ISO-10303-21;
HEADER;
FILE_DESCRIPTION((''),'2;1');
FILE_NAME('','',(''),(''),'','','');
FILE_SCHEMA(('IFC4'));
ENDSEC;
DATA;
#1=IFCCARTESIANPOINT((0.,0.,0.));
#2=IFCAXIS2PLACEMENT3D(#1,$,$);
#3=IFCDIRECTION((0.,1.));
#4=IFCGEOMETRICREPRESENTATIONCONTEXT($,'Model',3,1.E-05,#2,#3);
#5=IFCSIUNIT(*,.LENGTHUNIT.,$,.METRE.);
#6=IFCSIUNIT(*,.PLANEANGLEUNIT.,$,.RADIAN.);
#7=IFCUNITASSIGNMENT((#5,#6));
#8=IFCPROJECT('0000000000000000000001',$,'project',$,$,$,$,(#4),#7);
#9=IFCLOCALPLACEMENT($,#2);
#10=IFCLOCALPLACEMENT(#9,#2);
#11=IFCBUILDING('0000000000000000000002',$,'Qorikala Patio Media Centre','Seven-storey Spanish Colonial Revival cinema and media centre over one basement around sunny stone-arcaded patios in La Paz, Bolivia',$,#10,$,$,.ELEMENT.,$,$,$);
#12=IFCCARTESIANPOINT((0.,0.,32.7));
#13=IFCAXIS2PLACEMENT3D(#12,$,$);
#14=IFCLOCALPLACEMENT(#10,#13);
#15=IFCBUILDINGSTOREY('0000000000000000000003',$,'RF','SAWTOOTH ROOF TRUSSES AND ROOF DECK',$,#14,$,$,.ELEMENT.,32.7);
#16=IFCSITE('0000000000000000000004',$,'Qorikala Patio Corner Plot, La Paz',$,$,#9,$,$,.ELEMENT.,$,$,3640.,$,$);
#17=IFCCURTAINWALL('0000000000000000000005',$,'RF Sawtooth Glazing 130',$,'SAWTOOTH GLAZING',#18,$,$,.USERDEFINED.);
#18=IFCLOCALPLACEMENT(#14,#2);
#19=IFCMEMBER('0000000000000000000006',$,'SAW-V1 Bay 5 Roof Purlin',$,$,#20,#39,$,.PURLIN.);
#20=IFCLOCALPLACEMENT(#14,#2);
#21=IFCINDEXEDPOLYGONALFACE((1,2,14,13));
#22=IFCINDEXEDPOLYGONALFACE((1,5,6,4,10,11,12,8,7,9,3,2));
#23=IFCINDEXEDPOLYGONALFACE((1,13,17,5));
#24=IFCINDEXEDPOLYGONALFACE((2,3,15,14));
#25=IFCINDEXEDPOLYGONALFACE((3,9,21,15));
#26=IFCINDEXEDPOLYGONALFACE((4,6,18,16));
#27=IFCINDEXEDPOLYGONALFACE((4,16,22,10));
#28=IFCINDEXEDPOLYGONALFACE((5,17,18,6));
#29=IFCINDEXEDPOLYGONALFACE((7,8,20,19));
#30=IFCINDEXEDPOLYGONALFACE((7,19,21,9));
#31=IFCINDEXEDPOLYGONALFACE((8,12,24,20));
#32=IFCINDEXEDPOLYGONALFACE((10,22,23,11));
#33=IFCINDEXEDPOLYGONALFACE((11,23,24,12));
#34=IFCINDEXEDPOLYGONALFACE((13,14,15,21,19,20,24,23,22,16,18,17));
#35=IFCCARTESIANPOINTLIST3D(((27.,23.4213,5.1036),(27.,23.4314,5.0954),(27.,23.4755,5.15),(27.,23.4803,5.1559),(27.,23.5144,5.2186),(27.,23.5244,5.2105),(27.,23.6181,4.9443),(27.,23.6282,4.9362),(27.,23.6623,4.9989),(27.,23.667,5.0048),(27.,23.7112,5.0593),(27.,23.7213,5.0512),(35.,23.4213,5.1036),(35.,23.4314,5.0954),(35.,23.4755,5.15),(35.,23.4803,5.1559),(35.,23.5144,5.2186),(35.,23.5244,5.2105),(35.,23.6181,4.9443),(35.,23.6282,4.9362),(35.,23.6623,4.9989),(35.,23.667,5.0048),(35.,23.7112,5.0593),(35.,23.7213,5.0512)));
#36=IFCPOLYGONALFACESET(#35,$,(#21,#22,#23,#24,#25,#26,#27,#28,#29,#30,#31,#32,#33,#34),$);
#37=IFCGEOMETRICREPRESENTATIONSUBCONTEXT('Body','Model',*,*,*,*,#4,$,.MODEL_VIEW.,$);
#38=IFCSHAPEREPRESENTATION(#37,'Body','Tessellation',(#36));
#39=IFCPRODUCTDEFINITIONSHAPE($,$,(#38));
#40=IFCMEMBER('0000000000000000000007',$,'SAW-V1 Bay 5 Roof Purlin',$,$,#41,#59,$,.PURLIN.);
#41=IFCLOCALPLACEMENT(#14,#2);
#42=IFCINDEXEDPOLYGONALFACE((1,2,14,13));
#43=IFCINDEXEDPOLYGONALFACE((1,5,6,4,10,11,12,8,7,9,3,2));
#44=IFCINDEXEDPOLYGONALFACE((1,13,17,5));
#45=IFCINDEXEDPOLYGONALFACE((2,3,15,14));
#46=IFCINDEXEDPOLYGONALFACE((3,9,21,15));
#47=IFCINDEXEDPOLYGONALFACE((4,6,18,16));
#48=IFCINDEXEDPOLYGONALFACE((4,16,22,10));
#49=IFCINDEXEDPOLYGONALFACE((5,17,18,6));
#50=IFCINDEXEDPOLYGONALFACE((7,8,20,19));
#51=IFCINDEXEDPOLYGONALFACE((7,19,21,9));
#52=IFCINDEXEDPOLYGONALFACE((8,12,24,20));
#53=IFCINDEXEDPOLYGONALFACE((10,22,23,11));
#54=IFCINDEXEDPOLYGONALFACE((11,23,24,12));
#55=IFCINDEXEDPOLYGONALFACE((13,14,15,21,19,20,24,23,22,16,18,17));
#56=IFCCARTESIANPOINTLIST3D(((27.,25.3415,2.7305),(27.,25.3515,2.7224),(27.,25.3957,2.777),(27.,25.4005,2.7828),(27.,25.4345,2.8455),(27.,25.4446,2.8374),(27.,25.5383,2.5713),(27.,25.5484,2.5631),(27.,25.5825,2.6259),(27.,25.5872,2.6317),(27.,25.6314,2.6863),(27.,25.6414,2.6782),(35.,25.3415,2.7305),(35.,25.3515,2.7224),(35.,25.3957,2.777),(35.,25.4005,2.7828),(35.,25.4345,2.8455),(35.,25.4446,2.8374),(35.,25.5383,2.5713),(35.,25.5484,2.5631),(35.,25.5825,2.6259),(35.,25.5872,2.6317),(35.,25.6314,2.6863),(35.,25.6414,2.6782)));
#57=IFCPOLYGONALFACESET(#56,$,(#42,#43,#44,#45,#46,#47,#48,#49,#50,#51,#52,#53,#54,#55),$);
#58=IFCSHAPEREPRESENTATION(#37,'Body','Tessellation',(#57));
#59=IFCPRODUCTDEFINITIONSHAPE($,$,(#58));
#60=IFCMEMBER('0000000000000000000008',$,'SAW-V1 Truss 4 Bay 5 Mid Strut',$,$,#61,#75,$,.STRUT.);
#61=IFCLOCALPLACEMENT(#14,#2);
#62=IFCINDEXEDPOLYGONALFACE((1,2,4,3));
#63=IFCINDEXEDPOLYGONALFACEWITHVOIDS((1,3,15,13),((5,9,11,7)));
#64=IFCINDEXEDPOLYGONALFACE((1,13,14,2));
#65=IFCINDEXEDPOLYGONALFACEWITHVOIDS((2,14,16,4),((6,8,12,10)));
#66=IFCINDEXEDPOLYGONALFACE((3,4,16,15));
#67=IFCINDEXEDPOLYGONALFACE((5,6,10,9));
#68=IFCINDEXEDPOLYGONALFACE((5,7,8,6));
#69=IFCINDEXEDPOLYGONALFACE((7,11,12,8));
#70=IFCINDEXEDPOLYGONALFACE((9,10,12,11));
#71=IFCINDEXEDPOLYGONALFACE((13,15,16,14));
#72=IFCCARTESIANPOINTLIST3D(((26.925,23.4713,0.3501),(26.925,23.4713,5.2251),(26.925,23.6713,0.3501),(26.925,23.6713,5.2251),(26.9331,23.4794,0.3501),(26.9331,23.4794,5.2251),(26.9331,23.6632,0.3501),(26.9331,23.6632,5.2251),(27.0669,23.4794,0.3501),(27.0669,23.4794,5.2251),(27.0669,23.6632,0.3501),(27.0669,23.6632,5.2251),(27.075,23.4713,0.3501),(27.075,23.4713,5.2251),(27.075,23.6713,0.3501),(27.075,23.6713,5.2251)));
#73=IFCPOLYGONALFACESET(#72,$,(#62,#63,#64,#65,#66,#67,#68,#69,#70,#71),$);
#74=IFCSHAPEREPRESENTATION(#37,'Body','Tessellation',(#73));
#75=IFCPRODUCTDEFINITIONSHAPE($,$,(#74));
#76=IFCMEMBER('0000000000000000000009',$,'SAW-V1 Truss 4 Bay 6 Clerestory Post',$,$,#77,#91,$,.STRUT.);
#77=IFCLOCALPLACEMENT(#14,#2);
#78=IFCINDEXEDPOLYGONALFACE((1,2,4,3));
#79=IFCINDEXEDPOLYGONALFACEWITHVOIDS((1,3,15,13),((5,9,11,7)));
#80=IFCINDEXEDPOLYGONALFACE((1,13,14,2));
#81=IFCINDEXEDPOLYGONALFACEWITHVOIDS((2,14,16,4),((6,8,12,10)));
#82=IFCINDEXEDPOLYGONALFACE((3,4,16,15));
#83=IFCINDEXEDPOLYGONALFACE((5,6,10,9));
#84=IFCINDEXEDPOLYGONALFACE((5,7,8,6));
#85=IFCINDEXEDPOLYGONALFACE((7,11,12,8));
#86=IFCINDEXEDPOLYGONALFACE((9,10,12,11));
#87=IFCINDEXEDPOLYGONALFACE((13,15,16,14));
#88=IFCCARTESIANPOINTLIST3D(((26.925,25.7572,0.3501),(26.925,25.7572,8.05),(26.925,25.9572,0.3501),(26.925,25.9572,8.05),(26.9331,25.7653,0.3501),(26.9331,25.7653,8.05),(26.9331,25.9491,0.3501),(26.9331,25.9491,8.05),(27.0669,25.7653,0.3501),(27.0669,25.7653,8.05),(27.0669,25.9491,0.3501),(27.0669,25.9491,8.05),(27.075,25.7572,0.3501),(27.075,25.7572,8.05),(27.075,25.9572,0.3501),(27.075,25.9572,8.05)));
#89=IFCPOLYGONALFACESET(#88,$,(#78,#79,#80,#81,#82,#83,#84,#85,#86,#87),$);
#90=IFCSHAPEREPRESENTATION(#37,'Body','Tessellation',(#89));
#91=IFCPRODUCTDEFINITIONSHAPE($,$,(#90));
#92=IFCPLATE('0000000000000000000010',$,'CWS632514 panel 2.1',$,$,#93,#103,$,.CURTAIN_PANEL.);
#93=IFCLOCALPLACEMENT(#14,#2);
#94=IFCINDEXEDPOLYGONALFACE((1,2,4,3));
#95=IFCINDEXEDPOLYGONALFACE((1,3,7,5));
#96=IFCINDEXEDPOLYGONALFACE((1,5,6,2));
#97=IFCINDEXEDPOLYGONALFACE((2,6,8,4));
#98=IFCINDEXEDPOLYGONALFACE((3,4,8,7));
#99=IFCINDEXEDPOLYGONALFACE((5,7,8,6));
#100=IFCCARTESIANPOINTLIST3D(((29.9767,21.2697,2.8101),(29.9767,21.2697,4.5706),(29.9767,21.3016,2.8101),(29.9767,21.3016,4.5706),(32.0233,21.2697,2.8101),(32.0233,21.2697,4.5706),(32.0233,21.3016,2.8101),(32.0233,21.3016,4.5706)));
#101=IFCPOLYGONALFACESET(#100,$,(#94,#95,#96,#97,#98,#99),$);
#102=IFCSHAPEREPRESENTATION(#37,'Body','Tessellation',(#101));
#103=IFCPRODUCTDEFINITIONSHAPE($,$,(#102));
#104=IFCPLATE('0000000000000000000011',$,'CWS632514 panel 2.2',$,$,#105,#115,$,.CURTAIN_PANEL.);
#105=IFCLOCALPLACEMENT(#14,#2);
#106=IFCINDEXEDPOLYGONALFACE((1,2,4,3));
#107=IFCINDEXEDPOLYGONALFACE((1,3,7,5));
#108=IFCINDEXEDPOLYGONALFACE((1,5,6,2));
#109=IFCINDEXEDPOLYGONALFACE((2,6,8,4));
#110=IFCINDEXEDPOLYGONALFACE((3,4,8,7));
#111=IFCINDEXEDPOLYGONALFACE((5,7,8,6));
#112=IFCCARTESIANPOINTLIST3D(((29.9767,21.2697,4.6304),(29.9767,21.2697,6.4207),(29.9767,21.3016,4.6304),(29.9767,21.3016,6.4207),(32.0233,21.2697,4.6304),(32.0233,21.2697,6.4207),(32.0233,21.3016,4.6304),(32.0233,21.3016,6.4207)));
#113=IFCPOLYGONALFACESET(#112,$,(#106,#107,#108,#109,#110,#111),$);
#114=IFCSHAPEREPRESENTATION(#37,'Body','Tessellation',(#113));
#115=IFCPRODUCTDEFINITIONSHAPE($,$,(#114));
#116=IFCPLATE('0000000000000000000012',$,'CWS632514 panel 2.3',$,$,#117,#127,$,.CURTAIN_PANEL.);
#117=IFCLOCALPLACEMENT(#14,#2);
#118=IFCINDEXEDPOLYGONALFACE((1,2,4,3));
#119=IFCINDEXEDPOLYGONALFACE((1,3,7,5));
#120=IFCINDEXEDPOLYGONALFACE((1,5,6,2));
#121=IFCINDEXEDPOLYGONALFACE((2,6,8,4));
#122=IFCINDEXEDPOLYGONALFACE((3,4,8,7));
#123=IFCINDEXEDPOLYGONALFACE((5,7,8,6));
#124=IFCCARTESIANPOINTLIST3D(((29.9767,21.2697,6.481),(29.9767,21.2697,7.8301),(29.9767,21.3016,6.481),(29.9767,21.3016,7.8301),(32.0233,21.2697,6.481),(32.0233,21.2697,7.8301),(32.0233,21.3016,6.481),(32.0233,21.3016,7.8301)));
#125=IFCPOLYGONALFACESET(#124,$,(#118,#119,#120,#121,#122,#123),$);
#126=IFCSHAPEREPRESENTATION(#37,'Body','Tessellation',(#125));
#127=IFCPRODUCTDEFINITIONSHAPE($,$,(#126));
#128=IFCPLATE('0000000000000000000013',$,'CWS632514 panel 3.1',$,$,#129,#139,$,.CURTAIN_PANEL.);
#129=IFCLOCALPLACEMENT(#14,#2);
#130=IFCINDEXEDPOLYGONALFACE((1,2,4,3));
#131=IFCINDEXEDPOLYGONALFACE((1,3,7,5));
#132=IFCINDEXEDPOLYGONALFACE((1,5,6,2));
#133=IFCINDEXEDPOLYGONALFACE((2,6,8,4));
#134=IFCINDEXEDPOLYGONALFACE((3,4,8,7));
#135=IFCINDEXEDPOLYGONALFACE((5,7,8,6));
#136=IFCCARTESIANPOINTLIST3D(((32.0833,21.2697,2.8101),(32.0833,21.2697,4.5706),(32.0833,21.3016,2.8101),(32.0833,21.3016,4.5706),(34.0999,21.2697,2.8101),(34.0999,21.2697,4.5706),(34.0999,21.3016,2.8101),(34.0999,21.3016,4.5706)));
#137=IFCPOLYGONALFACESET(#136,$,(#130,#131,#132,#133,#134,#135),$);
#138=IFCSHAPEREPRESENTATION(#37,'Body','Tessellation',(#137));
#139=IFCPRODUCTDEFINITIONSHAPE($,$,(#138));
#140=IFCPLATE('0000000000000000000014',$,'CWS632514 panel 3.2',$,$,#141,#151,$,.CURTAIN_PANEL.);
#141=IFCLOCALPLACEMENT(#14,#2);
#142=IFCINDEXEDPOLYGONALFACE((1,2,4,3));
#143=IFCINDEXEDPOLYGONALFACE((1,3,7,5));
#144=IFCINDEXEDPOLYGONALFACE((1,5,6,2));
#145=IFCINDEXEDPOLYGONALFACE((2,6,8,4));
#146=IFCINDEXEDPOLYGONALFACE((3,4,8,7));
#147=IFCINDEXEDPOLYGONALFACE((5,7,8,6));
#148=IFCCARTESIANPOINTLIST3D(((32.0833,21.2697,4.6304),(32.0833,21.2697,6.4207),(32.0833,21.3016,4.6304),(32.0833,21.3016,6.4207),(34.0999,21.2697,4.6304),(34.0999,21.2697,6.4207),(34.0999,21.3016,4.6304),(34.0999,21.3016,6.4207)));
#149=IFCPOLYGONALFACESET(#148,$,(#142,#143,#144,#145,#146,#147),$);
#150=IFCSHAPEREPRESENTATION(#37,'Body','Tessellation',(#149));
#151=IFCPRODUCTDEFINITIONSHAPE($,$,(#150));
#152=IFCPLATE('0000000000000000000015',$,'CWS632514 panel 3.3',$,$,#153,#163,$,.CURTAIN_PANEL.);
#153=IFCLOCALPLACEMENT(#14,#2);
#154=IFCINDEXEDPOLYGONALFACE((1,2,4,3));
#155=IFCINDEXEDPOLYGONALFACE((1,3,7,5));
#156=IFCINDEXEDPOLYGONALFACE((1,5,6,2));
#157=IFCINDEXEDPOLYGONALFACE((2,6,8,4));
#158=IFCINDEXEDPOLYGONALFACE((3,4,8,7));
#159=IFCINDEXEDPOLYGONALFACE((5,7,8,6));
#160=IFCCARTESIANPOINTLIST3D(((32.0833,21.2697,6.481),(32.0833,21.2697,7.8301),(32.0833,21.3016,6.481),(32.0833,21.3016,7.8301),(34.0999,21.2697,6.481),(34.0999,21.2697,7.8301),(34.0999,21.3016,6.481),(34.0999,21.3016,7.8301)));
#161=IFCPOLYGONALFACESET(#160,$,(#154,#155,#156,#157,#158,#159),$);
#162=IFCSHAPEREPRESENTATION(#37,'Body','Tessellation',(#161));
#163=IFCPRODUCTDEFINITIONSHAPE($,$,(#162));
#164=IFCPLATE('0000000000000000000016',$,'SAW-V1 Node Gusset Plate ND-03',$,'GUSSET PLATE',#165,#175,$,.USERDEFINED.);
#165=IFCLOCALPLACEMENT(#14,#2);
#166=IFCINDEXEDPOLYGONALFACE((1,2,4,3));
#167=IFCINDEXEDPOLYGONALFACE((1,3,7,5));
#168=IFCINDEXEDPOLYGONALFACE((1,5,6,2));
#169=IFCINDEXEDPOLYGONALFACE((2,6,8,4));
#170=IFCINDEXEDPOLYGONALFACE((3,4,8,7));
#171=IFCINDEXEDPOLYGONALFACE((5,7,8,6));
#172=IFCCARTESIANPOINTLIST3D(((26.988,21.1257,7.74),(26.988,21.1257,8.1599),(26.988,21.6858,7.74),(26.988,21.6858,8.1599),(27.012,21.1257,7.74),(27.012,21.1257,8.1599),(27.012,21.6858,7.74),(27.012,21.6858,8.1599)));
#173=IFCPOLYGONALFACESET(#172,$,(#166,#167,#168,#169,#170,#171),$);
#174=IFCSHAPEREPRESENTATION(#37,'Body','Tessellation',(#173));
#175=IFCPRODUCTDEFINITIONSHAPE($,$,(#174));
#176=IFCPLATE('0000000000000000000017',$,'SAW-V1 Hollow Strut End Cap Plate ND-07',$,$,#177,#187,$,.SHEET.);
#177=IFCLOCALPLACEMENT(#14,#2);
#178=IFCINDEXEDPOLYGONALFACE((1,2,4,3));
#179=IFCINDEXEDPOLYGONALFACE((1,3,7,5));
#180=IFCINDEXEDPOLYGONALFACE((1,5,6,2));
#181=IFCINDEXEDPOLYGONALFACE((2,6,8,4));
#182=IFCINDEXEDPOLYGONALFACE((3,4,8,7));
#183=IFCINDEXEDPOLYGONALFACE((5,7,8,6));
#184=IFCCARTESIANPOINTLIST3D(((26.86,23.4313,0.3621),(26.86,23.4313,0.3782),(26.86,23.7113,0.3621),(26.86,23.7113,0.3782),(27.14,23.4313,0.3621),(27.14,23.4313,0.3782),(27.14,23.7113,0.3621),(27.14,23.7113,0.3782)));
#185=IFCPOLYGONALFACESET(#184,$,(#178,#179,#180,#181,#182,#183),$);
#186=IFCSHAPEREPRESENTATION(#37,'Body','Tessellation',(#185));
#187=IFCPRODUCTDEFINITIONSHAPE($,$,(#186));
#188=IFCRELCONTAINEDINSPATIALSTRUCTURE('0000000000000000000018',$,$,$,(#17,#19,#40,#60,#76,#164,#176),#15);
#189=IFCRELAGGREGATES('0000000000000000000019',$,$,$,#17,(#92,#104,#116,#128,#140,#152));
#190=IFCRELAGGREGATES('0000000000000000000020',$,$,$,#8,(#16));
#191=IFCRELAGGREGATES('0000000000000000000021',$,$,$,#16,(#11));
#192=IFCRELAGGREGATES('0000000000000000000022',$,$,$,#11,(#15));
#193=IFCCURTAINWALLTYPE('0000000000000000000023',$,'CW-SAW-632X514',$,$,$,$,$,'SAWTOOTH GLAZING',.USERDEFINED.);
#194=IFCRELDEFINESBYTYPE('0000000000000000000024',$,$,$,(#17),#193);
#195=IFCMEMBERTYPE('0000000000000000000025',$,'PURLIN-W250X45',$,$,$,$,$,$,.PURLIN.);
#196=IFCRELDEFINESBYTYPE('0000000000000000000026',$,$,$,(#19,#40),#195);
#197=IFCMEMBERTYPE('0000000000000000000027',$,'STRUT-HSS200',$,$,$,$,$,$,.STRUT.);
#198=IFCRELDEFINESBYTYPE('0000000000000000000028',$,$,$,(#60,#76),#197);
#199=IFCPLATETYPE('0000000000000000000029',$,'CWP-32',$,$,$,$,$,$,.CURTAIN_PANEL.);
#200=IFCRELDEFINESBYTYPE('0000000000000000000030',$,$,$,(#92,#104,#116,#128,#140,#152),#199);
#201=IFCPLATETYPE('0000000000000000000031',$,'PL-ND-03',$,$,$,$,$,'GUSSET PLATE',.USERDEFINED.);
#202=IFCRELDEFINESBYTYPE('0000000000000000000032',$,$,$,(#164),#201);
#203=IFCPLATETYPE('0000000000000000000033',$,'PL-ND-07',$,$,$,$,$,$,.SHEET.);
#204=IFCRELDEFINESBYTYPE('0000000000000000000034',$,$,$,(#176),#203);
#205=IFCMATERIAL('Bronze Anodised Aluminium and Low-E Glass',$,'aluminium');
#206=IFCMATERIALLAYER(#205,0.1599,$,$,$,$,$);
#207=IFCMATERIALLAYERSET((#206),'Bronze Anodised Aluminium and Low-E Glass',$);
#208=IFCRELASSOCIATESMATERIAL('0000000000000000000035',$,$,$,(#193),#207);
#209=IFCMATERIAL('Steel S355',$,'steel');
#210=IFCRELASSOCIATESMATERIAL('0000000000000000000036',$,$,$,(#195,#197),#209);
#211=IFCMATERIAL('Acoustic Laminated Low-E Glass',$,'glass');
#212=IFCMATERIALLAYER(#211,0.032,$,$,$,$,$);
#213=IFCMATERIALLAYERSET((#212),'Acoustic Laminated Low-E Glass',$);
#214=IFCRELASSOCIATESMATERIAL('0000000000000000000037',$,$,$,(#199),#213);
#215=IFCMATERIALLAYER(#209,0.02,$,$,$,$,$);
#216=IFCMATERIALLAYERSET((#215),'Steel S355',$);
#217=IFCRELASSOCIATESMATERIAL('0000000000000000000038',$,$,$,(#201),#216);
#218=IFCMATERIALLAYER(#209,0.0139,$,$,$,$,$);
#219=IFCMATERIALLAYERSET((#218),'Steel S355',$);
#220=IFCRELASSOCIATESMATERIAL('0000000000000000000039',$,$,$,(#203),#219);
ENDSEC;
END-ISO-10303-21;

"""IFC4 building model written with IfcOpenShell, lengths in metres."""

from ifc_helpers import new_model, si_unit, direction, frame, origin, origin_2d, place, context, subcontext, project, spatial, rectangle, hollow_rectangle, i_section, extrude, material, layer, layer_set, material_profile, profile_set, type_object, element, aggregate, save


model = new_model("IFC4")

# Units and contexts
model_context = context("Model", 3, precision=1e-05, world=origin(), true_north=direction((0.0, 1.0)))
body_context = subcontext(model_context, "Body", "Model", "MODEL_VIEW")
ifc_project = project(units=[si_unit("LENGTHUNIT", "METRE"), si_unit("PLANEANGLEUNIT", "RADIAN")], contexts=[model_context])

# Site, building, storey
site_placement = place(None, origin())
site = spatial("IfcSite", under=ifc_project, at=site_placement, Name="Qorikala Patio Corner Plot, La Paz", CompositionType="ELEMENT", RefElevation=3640.0)
building_placement = place(site_placement, origin())
building = spatial("IfcBuilding", under=site, at=building_placement, Name="Qorikala Patio Media Centre", Description="Seven-storey Spanish Colonial Revival cinema and media centre over one basement around sunny stone-arcaded patios in La Paz, Bolivia", CompositionType="ELEMENT")
storey_placement = place(building_placement, frame((0.0, 0.0, 32.7)))
storey = spatial("IfcBuildingStorey", under=building, at=storey_placement, Name="RF", Description="SAWTOOTH ROOF TRUSSES AND ROOF DECK", CompositionType="ELEMENT", Elevation=32.7)

# Shared definitions
ifc_material_1 = material(Name="Steel S355", Category="steel")

# Curtain wall
ifc_material_2 = material(Name="Bronze Anodised Aluminium and Low-E Glass", Category="aluminium")
ifc_layer_1 = layer(ifc_material_2, 0.1599)
ifc_layer_set_1 = layer_set([ifc_layer_1], Name="Bronze Anodised Aluminium and Low-E Glass")
curtain_wall_type = type_object("IfcCurtainWallType", Name="CW-SAW-632X514", ElementType="SAWTOOTH GLAZING", PredefinedType="USERDEFINED", material=ifc_layer_set_1)
curtain_wall_placement = place(storey_placement, origin())
curtain_wall = element("IfcCurtainWall", 1, at=curtain_wall_placement, inside=storey, type_object=curtain_wall_type, Name="RF Sawtooth Glazing 130", ObjectType="SAWTOOTH GLAZING", PredefinedType="USERDEFINED")

# Members
ifc_material_profile_1 = material_profile(ifc_material_1, i_section(OverallWidth=0.1479, OverallDepth=0.2661, WebThickness=0.0076, FlangeThickness=0.0129, at=origin_2d()), Name="W250X45")
ifc_profile_set_1 = profile_set([ifc_material_profile_1], Name="Steel S355")
member_type_1 = type_object("IfcMemberType", Name="PURLIN-W250X45", PredefinedType="PURLIN", material=ifc_profile_set_1)
for number, where, z_axis, x_axis, name in (
    (2, (27.0, 23.5713, 5.0774), (1.0, 0.0, 0.0), (0.0, 0.628995, 0.77741), "SAW-V1 Bay 5 Roof Purlin"),
    (3, (27.0, 25.4915, 2.7043), (1.0, 0.0, 0.0), (0.0, 0.628995, 0.77741), "SAW-V1 Bay 5 Roof Purlin"),
):
    element("IfcMember", number, at=place(storey_placement, frame(where, z_axis=z_axis, x_axis=x_axis)), inside=storey, type_object=member_type_1, Name=name, PredefinedType="PURLIN", context=body_context, shape_type="SweptSolid", body=[
        extrude(i_section(OverallWidth=0.1479, OverallDepth=0.2661, WebThickness=0.0076, FlangeThickness=0.0129, at=origin_2d()), origin(), (0.0, 0.0, 1.0), 8.0),
    ])
ifc_material_profile_2 = material_profile(ifc_material_1, hollow_rectangle(XDim=0.1499, YDim=0.2, WallThickness=0.0081, at=origin_2d()), Name="HSS200X150X8")
ifc_profile_set_2 = profile_set([ifc_material_profile_2], Name="Steel S355")
member_type_2 = type_object("IfcMemberType", Name="STRUT-HSS200", PredefinedType="STRUT", material=ifc_profile_set_2)
member_1_placement = place(storey_placement, frame((27.0, 23.5713, 0.3501), z_axis=(0.0, 0.0, 1.0), x_axis=(1.0, 0.0, 0.0)))
element("IfcMember", 4, at=member_1_placement, inside=storey, type_object=member_type_2, Name="SAW-V1 Truss 4 Bay 5 Mid Strut", PredefinedType="STRUT", context=body_context, shape_type="SweptSolid", body=[
    extrude(hollow_rectangle(XDim=0.1499, YDim=0.2, WallThickness=0.0081, at=origin_2d()), origin(), (0.0, 0.0, 1.0), 4.875),
])
member_2_placement = place(storey_placement, frame((27.0, 25.8572, 0.3501), z_axis=(0.0, 0.0, 1.0), x_axis=(1.0, 0.0, 0.0)))
element("IfcMember", 5, at=member_2_placement, inside=storey, type_object=member_type_2, Name="SAW-V1 Truss 4 Bay 6 Clerestory Post", PredefinedType="STRUT", context=body_context, shape_type="SweptSolid", body=[
    extrude(hollow_rectangle(XDim=0.1499, YDim=0.2, WallThickness=0.0081, at=origin_2d()), origin(), (0.0, 0.0, 1.0), 7.7),
])

# Plates
ifc_material_3 = material(Name="Acoustic Laminated Low-E Glass", Category="glass")
ifc_layer_2 = layer(ifc_material_3, 0.032)
ifc_layer_set_2 = layer_set([ifc_layer_2], Name="Acoustic Laminated Low-E Glass")
plate_type_1 = type_object("IfcPlateType", Name="CWP-32", PredefinedType="CURTAIN_PANEL", material=ifc_layer_set_2)
plate_1_placement = place(storey_placement, frame((31.0, 21.2856, 2.8101), z_axis=(0.0, 0.0, 1.0), x_axis=(1.0, 0.0, 0.0)))
plate_1 = element("IfcPlate", 6, at=plate_1_placement, type_object=plate_type_1, Name="CWS632514 panel 2.1", PredefinedType="CURTAIN_PANEL", context=body_context, shape_type="SweptSolid", body=[
    extrude(rectangle(XDim=2.0466, YDim=0.032, at=origin_2d()), origin(), (0.0, 0.0, 1.0), 1.7605),
])
plate_2_placement = place(storey_placement, frame((31.0, 21.2856, 4.6304), z_axis=(0.0, 0.0, 1.0), x_axis=(1.0, 0.0, 0.0)))
plate_2 = element("IfcPlate", 7, at=plate_2_placement, type_object=plate_type_1, Name="CWS632514 panel 2.2", PredefinedType="CURTAIN_PANEL", context=body_context, shape_type="SweptSolid", body=[
    extrude(rectangle(XDim=2.0466, YDim=0.032, at=origin_2d()), origin(), (0.0, 0.0, 1.0), 1.7903),
])
plate_3_placement = place(storey_placement, frame((31.0, 21.2856, 6.481), z_axis=(0.0, 0.0, 1.0), x_axis=(1.0, 0.0, 0.0)))
plate_3 = element("IfcPlate", 8, at=plate_3_placement, type_object=plate_type_1, Name="CWS632514 panel 2.3", PredefinedType="CURTAIN_PANEL", context=body_context, shape_type="SweptSolid", body=[
    extrude(rectangle(XDim=2.0466, YDim=0.032, at=origin_2d()), origin(), (0.0, 0.0, 1.0), 1.3491),
])
plate_4_placement = place(storey_placement, frame((33.0916, 21.2856, 2.8101), z_axis=(0.0, 0.0, 1.0), x_axis=(1.0, 0.0, 0.0)))
plate_4 = element("IfcPlate", 9, at=plate_4_placement, type_object=plate_type_1, Name="CWS632514 panel 3.1", PredefinedType="CURTAIN_PANEL", context=body_context, shape_type="SweptSolid", body=[
    extrude(rectangle(XDim=2.0166, YDim=0.032, at=origin_2d()), origin(), (0.0, 0.0, 1.0), 1.7605),
])
plate_5_placement = place(storey_placement, frame((33.0916, 21.2856, 4.6304), z_axis=(0.0, 0.0, 1.0), x_axis=(1.0, 0.0, 0.0)))
plate_5 = element("IfcPlate", 10, at=plate_5_placement, type_object=plate_type_1, Name="CWS632514 panel 3.2", PredefinedType="CURTAIN_PANEL", context=body_context, shape_type="SweptSolid", body=[
    extrude(rectangle(XDim=2.0166, YDim=0.032, at=origin_2d()), origin(), (0.0, 0.0, 1.0), 1.7903),
])
plate_6_placement = place(storey_placement, frame((33.0916, 21.2856, 6.481), z_axis=(0.0, 0.0, 1.0), x_axis=(1.0, 0.0, 0.0)))
plate_6 = element("IfcPlate", 11, at=plate_6_placement, type_object=plate_type_1, Name="CWS632514 panel 3.3", PredefinedType="CURTAIN_PANEL", context=body_context, shape_type="SweptSolid", body=[
    extrude(rectangle(XDim=2.0166, YDim=0.032, at=origin_2d()), origin(), (0.0, 0.0, 1.0), 1.3491),
])
aggregate(curtain_wall, [plate_1, plate_2, plate_3, plate_4, plate_5, plate_6])

# Plates
ifc_layer_3 = layer(ifc_material_1, 0.02)
ifc_layer_set_3 = layer_set([ifc_layer_3], Name="Steel S355")
plate_type_2 = type_object("IfcPlateType", Name="PL-ND-03", ElementType="GUSSET PLATE", PredefinedType="USERDEFINED", material=ifc_layer_set_3)
plate_7_placement = place(storey_placement, frame((27.0, 21.4058, 7.74), z_axis=(0.0, 0.0, 1.0), x_axis=(1.0, 0.0, 0.0)))
element("IfcPlate", 12, at=plate_7_placement, inside=storey, type_object=plate_type_2, Name="SAW-V1 Node Gusset Plate ND-03", ObjectType="GUSSET PLATE", PredefinedType="USERDEFINED", context=body_context, shape_type="SweptSolid", body=[
    extrude(rectangle(XDim=0.0239, YDim=0.5601, at=origin_2d()), origin(), (0.0, 0.0, 1.0), 0.4199),
])
ifc_layer_4 = layer(ifc_material_1, 0.0139)
ifc_layer_set_4 = layer_set([ifc_layer_4], Name="Steel S355")
plate_type_3 = type_object("IfcPlateType", Name="PL-ND-07", PredefinedType="SHEET", material=ifc_layer_set_4)
plate_8_placement = place(storey_placement, frame((27.0, 23.5713, 0.3621), z_axis=(0.0, 0.0, 1.0), x_axis=(1.0, 0.0, 0.0)))
element("IfcPlate", 13, at=plate_8_placement, inside=storey, type_object=plate_type_3, Name="SAW-V1 Hollow Strut End Cap Plate ND-07", PredefinedType="SHEET", context=body_context, shape_type="SweptSolid", body=[
    extrude(rectangle(XDim=0.28, YDim=0.28, at=origin_2d()), origin(), (0.0, 0.0, 1.0), 0.0161),
])

save(model, "model.ifc")
